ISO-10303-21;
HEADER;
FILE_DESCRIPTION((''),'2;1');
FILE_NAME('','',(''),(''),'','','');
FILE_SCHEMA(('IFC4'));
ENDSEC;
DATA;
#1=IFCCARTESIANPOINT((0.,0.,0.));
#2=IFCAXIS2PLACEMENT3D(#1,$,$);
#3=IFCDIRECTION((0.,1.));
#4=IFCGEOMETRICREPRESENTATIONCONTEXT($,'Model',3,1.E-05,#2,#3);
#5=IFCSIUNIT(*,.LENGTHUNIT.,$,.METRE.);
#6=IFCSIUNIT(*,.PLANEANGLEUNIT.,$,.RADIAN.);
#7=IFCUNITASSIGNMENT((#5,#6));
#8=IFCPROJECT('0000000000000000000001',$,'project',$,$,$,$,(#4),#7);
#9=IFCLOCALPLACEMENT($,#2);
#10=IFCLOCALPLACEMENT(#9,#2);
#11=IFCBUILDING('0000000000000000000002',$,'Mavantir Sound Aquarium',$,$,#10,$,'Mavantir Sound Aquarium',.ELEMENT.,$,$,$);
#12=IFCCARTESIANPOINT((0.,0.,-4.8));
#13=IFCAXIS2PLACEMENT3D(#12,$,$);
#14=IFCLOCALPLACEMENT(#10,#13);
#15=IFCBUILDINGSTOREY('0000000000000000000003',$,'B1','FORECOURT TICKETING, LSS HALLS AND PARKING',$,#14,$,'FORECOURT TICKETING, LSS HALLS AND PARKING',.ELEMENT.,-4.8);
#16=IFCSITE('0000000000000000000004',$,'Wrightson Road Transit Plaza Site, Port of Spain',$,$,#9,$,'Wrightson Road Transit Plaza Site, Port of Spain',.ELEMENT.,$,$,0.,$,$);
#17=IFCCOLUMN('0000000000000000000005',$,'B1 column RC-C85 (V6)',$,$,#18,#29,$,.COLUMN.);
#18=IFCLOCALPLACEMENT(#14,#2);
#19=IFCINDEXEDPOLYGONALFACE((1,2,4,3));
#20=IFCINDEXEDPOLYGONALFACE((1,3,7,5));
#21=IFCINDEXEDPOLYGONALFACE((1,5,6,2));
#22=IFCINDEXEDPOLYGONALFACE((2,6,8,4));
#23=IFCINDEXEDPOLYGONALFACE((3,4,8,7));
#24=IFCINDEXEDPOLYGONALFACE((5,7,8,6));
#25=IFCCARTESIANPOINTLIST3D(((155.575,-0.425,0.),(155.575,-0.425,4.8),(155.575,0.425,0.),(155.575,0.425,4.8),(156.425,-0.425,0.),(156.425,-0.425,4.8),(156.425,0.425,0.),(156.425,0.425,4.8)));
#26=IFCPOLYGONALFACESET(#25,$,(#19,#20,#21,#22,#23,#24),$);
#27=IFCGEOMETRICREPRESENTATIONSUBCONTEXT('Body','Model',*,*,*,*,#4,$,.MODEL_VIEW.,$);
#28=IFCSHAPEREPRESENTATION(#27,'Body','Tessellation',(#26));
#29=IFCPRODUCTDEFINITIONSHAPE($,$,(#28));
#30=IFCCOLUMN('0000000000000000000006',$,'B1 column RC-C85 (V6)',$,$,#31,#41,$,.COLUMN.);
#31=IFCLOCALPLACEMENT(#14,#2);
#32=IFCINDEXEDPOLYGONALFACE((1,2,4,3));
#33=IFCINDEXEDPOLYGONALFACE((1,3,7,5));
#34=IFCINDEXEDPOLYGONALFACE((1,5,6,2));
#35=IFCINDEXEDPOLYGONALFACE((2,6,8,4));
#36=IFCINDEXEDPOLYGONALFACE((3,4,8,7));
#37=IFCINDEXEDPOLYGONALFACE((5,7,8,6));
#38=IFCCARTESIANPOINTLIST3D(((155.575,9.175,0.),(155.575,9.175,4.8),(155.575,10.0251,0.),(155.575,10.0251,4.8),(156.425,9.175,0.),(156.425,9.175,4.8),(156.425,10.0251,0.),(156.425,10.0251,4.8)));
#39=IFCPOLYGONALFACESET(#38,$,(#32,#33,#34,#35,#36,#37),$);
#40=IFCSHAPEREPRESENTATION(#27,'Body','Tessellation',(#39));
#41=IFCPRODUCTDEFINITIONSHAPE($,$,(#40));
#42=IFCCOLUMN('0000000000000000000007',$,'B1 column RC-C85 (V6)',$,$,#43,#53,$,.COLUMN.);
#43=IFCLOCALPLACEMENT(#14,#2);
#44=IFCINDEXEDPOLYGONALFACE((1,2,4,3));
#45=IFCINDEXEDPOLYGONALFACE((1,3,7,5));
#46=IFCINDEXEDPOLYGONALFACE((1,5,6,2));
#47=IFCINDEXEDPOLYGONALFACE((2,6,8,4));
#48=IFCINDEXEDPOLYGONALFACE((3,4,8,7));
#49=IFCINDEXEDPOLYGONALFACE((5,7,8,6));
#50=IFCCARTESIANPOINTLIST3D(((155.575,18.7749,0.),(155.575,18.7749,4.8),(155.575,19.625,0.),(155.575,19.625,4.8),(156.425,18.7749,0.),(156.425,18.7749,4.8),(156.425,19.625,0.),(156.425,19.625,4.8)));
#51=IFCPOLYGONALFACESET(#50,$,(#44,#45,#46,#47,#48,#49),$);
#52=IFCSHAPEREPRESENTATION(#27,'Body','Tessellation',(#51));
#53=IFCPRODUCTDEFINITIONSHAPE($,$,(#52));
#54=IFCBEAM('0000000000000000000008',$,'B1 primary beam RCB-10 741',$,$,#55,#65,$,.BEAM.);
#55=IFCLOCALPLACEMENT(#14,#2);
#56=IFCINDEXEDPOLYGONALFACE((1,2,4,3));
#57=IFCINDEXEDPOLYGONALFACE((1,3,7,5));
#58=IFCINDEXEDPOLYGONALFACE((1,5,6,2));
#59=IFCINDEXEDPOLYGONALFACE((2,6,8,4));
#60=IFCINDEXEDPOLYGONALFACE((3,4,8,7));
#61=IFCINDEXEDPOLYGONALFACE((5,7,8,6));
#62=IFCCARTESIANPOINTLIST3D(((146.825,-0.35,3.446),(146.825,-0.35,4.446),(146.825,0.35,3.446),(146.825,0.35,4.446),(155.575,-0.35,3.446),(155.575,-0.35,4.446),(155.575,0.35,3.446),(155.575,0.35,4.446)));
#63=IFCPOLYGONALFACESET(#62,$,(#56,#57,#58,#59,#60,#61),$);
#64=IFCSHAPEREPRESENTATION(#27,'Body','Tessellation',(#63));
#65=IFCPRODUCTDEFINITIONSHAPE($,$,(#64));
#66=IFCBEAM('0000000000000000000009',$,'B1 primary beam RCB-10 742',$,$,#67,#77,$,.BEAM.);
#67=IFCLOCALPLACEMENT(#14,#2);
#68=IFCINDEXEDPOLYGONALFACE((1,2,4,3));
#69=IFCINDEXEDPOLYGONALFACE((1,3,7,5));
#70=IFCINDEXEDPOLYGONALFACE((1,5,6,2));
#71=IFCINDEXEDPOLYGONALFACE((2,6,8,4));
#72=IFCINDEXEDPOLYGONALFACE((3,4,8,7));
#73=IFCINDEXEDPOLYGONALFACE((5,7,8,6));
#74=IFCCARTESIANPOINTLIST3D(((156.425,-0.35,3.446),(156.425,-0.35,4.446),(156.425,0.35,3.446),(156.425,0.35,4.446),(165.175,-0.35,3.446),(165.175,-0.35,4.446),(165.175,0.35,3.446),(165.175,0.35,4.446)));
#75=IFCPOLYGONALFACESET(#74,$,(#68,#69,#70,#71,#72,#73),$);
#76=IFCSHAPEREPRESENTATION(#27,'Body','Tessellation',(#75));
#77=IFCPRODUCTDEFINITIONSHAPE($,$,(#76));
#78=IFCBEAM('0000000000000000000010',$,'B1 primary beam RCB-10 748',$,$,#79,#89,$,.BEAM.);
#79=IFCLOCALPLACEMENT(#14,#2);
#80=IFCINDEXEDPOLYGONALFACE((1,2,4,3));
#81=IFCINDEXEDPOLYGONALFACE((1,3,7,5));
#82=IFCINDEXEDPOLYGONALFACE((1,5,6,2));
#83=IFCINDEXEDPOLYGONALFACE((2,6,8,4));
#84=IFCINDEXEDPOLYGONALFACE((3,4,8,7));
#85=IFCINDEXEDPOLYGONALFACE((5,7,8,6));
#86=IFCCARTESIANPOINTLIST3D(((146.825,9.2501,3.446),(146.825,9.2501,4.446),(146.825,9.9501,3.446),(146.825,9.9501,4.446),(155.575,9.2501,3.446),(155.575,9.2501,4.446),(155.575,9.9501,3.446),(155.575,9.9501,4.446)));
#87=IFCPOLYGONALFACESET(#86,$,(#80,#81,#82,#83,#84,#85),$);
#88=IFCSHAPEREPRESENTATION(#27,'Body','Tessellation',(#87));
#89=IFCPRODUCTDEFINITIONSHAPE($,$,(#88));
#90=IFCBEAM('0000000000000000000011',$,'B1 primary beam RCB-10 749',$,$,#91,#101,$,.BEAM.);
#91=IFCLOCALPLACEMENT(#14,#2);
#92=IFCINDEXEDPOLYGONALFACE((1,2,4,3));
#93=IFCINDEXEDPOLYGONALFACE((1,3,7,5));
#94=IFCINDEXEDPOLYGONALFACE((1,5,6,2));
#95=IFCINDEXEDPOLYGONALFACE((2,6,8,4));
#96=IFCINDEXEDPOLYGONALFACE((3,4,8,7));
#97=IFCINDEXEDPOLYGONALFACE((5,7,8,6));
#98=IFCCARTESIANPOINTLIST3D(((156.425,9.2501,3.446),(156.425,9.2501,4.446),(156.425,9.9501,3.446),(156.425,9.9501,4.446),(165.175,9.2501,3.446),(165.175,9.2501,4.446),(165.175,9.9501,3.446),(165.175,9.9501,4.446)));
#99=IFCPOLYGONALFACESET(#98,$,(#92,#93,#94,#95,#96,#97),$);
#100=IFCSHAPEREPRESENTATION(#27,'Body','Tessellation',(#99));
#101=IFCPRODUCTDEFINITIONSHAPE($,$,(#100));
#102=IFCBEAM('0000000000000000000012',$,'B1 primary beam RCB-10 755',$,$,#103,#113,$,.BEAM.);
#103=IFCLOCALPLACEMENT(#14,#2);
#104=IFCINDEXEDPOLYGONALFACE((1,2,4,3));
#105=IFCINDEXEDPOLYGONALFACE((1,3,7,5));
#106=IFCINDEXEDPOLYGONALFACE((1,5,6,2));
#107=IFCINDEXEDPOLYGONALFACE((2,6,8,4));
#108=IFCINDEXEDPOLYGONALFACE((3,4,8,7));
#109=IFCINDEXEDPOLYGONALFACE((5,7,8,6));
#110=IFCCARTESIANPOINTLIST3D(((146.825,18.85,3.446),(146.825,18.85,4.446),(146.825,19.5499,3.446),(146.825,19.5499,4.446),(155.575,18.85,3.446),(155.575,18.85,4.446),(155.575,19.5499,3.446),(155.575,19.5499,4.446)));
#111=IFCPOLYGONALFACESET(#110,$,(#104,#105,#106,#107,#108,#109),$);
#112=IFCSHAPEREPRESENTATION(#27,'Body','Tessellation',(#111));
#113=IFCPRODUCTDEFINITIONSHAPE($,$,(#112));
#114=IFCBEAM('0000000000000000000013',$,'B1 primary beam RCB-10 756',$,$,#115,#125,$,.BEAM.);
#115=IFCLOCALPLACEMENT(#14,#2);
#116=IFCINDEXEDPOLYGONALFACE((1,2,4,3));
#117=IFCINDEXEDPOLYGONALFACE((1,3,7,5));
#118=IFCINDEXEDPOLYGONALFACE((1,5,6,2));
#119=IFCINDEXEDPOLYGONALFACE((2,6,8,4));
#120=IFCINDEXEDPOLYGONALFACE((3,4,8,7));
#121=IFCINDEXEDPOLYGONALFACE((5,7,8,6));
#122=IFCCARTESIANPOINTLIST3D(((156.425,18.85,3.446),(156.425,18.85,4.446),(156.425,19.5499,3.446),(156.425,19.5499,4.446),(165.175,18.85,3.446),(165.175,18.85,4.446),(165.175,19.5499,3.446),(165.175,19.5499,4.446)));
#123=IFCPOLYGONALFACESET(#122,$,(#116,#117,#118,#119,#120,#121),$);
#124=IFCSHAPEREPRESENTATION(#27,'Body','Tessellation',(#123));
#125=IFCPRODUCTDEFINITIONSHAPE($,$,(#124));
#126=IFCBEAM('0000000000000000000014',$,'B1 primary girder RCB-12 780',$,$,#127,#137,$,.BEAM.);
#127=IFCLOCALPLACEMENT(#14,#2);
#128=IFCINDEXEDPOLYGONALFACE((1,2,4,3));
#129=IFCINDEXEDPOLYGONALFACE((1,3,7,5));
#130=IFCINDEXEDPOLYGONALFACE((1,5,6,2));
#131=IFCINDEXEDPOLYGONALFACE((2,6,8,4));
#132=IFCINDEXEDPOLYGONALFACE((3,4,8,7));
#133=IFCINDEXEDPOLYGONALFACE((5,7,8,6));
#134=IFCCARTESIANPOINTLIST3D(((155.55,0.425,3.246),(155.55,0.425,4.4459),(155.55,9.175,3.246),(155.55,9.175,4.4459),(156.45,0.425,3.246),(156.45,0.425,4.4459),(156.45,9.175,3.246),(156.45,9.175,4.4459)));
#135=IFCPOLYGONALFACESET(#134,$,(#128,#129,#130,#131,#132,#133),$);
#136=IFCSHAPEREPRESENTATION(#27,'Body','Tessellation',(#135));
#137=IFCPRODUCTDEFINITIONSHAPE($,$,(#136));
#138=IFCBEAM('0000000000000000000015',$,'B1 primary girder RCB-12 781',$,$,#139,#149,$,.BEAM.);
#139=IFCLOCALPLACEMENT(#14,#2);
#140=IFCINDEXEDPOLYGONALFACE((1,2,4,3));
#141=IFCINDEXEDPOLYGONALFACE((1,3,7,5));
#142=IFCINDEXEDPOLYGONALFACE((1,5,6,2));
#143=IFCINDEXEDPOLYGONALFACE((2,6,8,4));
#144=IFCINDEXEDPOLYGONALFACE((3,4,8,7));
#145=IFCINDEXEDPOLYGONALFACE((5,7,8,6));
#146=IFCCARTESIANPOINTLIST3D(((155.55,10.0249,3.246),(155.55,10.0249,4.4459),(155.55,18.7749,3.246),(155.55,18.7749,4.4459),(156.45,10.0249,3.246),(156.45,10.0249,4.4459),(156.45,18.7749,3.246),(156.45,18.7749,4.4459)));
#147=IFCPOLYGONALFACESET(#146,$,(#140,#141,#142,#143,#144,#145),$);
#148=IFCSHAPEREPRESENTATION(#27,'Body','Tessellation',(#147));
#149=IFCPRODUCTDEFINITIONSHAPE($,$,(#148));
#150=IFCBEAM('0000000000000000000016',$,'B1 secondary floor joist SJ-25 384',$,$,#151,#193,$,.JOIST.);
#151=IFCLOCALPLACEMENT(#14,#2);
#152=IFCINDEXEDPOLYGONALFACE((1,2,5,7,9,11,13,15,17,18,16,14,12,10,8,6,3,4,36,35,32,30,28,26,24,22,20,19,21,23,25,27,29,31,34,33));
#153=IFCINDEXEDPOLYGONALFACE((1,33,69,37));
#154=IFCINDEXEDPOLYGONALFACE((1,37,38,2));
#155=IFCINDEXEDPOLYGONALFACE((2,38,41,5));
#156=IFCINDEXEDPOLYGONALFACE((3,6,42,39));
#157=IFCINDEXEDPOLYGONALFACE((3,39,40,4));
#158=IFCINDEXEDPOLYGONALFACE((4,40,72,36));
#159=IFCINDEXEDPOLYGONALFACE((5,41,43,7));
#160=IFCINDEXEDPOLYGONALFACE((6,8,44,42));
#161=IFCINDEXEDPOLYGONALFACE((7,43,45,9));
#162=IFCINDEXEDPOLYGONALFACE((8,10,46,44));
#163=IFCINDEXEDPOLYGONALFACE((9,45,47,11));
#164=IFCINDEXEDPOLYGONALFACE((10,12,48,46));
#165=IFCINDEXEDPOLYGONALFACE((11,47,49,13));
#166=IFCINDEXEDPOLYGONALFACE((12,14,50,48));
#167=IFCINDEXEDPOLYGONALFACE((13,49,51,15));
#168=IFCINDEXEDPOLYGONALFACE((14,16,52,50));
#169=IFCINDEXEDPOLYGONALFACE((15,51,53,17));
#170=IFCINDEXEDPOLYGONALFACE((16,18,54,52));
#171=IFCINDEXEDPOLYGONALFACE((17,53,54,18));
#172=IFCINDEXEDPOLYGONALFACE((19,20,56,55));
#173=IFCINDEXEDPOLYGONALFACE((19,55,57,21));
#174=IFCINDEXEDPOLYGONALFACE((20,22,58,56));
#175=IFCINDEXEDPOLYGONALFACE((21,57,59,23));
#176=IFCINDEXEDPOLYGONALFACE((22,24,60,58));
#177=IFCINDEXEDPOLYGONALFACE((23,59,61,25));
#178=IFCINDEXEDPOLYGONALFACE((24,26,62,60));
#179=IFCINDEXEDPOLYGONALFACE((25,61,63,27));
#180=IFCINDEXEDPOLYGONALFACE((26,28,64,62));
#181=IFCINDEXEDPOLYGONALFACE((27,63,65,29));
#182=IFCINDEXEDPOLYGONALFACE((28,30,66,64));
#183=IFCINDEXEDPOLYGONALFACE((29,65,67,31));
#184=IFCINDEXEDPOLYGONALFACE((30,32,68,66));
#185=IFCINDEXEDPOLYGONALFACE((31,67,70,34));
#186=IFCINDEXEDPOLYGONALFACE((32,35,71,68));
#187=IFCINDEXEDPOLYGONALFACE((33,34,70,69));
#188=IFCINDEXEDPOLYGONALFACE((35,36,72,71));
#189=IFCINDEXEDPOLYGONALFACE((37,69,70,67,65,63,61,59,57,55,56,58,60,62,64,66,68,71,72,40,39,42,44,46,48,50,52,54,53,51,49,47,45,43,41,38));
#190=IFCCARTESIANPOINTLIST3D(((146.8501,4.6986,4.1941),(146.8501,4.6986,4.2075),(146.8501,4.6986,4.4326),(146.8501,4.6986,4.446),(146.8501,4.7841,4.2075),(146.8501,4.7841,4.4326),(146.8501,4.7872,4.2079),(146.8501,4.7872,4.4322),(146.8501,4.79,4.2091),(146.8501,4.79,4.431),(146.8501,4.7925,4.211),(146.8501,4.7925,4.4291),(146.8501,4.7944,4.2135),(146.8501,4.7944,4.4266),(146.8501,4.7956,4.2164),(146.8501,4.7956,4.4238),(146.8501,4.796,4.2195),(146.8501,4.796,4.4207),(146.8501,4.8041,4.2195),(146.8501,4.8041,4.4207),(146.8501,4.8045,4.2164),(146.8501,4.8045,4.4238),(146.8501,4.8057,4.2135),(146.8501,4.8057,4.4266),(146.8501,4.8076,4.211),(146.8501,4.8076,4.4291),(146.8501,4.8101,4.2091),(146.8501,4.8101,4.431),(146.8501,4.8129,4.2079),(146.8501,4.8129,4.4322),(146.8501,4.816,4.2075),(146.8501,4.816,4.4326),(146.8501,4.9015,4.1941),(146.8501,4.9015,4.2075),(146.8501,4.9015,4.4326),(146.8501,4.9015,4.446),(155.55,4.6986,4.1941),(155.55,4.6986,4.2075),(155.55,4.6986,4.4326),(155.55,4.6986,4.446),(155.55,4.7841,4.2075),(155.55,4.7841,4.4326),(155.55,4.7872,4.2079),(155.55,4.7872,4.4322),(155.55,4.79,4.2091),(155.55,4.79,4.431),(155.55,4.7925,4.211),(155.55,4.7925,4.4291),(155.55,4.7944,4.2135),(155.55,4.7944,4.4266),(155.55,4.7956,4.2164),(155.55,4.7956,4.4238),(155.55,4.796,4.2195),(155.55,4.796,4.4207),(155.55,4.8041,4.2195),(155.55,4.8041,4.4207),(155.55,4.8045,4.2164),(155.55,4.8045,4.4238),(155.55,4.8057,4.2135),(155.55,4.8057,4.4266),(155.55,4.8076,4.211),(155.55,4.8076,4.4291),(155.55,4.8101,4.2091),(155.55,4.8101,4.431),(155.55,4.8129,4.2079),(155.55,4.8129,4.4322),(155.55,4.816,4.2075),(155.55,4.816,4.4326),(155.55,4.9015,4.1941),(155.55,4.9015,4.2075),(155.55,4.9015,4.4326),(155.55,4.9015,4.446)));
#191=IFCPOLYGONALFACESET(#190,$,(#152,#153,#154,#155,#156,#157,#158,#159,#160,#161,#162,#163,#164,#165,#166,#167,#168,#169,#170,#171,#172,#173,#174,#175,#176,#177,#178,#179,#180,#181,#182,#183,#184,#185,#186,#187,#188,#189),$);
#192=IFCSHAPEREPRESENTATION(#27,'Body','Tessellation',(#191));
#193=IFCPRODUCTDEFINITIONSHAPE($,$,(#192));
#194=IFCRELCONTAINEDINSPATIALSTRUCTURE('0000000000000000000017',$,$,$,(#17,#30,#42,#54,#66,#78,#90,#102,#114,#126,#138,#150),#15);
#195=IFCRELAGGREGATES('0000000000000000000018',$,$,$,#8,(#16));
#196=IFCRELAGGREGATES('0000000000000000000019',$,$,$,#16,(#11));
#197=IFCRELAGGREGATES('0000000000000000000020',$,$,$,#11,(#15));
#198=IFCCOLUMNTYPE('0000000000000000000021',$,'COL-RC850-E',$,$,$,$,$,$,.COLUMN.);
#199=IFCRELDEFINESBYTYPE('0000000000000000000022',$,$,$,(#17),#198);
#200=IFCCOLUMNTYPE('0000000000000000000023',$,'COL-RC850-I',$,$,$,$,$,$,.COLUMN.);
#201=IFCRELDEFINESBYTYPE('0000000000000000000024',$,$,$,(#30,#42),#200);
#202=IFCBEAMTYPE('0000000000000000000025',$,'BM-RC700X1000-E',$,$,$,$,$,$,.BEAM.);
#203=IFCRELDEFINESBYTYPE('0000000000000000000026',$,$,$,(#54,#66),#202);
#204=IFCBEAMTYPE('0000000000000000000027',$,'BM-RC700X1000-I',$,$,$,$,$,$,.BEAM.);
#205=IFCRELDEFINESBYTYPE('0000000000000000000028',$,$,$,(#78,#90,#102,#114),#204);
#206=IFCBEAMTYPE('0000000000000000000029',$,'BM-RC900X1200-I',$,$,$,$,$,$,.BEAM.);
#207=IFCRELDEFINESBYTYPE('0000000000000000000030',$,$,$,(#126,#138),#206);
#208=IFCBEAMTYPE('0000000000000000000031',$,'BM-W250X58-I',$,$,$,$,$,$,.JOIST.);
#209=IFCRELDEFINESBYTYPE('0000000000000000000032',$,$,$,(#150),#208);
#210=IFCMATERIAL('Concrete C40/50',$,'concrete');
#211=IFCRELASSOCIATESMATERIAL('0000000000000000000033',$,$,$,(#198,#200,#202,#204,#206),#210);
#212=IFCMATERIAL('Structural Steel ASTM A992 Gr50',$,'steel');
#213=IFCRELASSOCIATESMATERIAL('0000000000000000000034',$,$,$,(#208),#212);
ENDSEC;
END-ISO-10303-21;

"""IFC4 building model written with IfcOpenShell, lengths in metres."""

from ifc_helpers import new_model, si_unit, direction, frame, origin, origin_2d, place, context, subcontext, project, spatial, rectangle, i_section, extrude, material, material_profile, profile_set, type_object, element, save


model = new_model("IFC4")

# Units and contexts
model_context = context("Model", 3, precision=1e-05, world=origin(), true_north=direction((0.0, 1.0)))
body_context = subcontext(model_context, "Body", "Model", "MODEL_VIEW")
ifc_project = project(units=[si_unit("LENGTHUNIT", "METRE"), si_unit("PLANEANGLEUNIT", "RADIAN")], contexts=[model_context])

# Site, building, storey
site_placement = place(None, origin())
site = spatial("IfcSite", under=ifc_project, at=site_placement, Name="Wrightson Road Transit Plaza Site, Port of Spain", LongName="Wrightson Road Transit Plaza Site, Port of Spain", CompositionType="ELEMENT", RefElevation=0.0)
building_placement = place(site_placement, origin())
building = spatial("IfcBuilding", under=site, at=building_placement, Name="Mavantir Sound Aquarium", LongName="Mavantir Sound Aquarium", CompositionType="ELEMENT")
storey_placement = place(building_placement, frame((0.0, 0.0, -4.8)))
storey = spatial("IfcBuildingStorey", under=building, at=storey_placement, Name="B1", Description="FORECOURT TICKETING, LSS HALLS AND PARKING", LongName="FORECOURT TICKETING, LSS HALLS AND PARKING", CompositionType="ELEMENT", Elevation=-4.8)

# Columns
ifc_material_1 = material(Name="Concrete C40/50", Category="concrete")
ifc_material_profile_1 = material_profile(ifc_material_1, rectangle(XDim=0.8501, YDim=0.8501, at=origin_2d()), Name="RC 850X850")
ifc_profile_set_1 = profile_set([ifc_material_profile_1], Name="Concrete C40/50")
column_type_1 = type_object("IfcColumnType", Name="COL-RC850-E", PredefinedType="COLUMN", material=ifc_profile_set_1)
column_placement = place(storey_placement, frame((156.0, 0.0, 0.0), z_axis=(0.0, 0.0, 1.0), x_axis=(1.0, 0.0, 0.0)))
element("IfcColumn", 1, at=column_placement, inside=storey, type_object=column_type_1, Name="B1 column RC-C85 (V6)", PredefinedType="COLUMN", context=body_context, shape_type="SweptSolid", body=[
    extrude(rectangle(XDim=0.8501, YDim=0.8501, at=origin_2d()), origin(), (0.0, 0.0, 1.0), 4.8),
])
ifc_material_profile_2 = material_profile(ifc_material_1, rectangle(XDim=0.8501, YDim=0.8501, at=origin_2d()), Name="RC 850X850")
ifc_profile_set_2 = profile_set([ifc_material_profile_2], Name="Concrete C40/50")
column_type_2 = type_object("IfcColumnType", Name="COL-RC850-I", PredefinedType="COLUMN", material=ifc_profile_set_2)
for number, where, z_axis, x_axis, name in (
    (2, (156.0, 9.6001, 0.0), (0.0, 0.0, 1.0), (1.0, 0.0, 0.0), "B1 column RC-C85 (V6)"),
    (3, (156.0, 19.2, 0.0), (0.0, 0.0, 1.0), (1.0, 0.0, 0.0), "B1 column RC-C85 (V6)"),
):
    element("IfcColumn", number, at=place(storey_placement, frame(where, z_axis=z_axis, x_axis=x_axis)), inside=storey, type_object=column_type_2, Name=name, PredefinedType="COLUMN", context=body_context, shape_type="SweptSolid", body=[
        extrude(rectangle(XDim=0.8501, YDim=0.8501, at=origin_2d()), origin(), (0.0, 0.0, 1.0), 4.8),
    ])

# Beams
ifc_material_profile_3 = material_profile(ifc_material_1, rectangle(XDim=0.7, YDim=1.0, at=origin_2d()), Name="RC 700X1000")
ifc_profile_set_3 = profile_set([ifc_material_profile_3], Name="Concrete C40/50")
beam_type_1 = type_object("IfcBeamType", Name="BM-RC700X1000-E", PredefinedType="BEAM", material=ifc_profile_set_3)
for number, where, z_axis, x_axis, name in (
    (4, (146.825, 0.0, 3.946), (1.0, 0.0, 0.0), (0.0, 1.0, 0.0), "B1 primary beam RCB-10 741"),
    (5, (156.425, 0.0, 3.946), (1.0, 0.0, 0.0), (0.0, 1.0, 0.0), "B1 primary beam RCB-10 742"),
):
    element("IfcBeam", number, at=place(storey_placement, frame(where, z_axis=z_axis, x_axis=x_axis)), inside=storey, type_object=beam_type_1, Name=name, PredefinedType="BEAM", context=body_context, shape_type="SweptSolid", body=[
        extrude(rectangle(XDim=0.7, YDim=1.0, at=origin_2d()), origin(), (0.0, 0.0, 1.0), 8.75),
    ])
ifc_material_profile_4 = material_profile(ifc_material_1, rectangle(XDim=0.7, YDim=1.0, at=origin_2d()), Name="RC 700X1000")
ifc_profile_set_4 = profile_set([ifc_material_profile_4], Name="Concrete C40/50")
beam_type_2 = type_object("IfcBeamType", Name="BM-RC700X1000-I", PredefinedType="BEAM", material=ifc_profile_set_4)
for number, where, z_axis, x_axis, name in (
    (6, (146.825, 9.6001, 3.946), (1.0, 0.0, 0.0), (0.0, 1.0, 0.0), "B1 primary beam RCB-10 748"),
    (7, (156.425, 9.6001, 3.946), (1.0, 0.0, 0.0), (0.0, 1.0, 0.0), "B1 primary beam RCB-10 749"),
    (8, (146.825, 19.2, 3.946), (1.0, 0.0, 0.0), (0.0, 1.0, 0.0), "B1 primary beam RCB-10 755"),
    (9, (156.425, 19.2, 3.946), (1.0, 0.0, 0.0), (0.0, 1.0, 0.0), "B1 primary beam RCB-10 756"),
):
    element("IfcBeam", number, at=place(storey_placement, frame(where, z_axis=z_axis, x_axis=x_axis)), inside=storey, type_object=beam_type_2, Name=name, PredefinedType="BEAM", context=body_context, shape_type="SweptSolid", body=[
        extrude(rectangle(XDim=0.7, YDim=1.0, at=origin_2d()), origin(), (0.0, 0.0, 1.0), 8.75),
    ])
ifc_material_profile_5 = material_profile(ifc_material_1, rectangle(XDim=0.8999, YDim=1.2, at=origin_2d()), Name="RC 900X1200")
ifc_profile_set_5 = profile_set([ifc_material_profile_5], Name="Concrete C40/50")
beam_type_3 = type_object("IfcBeamType", Name="BM-RC900X1200-I", PredefinedType="BEAM", material=ifc_profile_set_5)
for number, where, z_axis, x_axis, name in (
    (10, (156.0, 0.425, 3.8459), (0.0, 1.0, 0.0), (-1.0, 0.0, 0.0), "B1 primary girder RCB-12 780"),
    (11, (156.0, 10.0249, 3.8459), (0.0, 1.0, 0.0), (-1.0, 0.0, 0.0), "B1 primary girder RCB-12 781"),
):
    element("IfcBeam", number, at=place(storey_placement, frame(where, z_axis=z_axis, x_axis=x_axis)), inside=storey, type_object=beam_type_3, Name=name, PredefinedType="BEAM", context=body_context, shape_type="SweptSolid", body=[
        extrude(rectangle(XDim=0.8999, YDim=1.2, at=origin_2d()), origin(), (0.0, 0.0, 1.0), 8.75),
    ])
ifc_material_2 = material(Name="Structural Steel ASTM A992 Gr50", Category="steel")
ifc_material_profile_6 = material_profile(ifc_material_2, i_section(OverallWidth=0.2029, OverallDepth=0.252, WebThickness=0.0081, FlangeThickness=0.0134, FilletRadius=0.012, at=origin_2d()), Name="W250X58")
ifc_profile_set_6 = profile_set([ifc_material_profile_6], Name="Structural Steel ASTM A992 Gr50")
beam_type_4 = type_object("IfcBeamType", Name="BM-W250X58-I", PredefinedType="JOIST", material=ifc_profile_set_6)
for number, where, z_axis, x_axis, name in (
    (12, (146.8501, 4.8, 4.3201), (1.0, 0.0, 0.0), (0.0, 1.0, 0.0), "B1 secondary floor joist SJ-25 384"),
):
    element("IfcBeam", number, at=place(storey_placement, frame(where, z_axis=z_axis, x_axis=x_axis)), inside=storey, type_object=beam_type_4, Name=name, PredefinedType="JOIST", context=body_context, shape_type="SweptSolid", body=[
        extrude(i_section(OverallWidth=0.2029, OverallDepth=0.252, WebThickness=0.0081, FlangeThickness=0.0134, FilletRadius=0.012, at=origin_2d()), origin(), (0.0, 0.0, 1.0), 8.7),
    ])

save(model, "model.ifc")
